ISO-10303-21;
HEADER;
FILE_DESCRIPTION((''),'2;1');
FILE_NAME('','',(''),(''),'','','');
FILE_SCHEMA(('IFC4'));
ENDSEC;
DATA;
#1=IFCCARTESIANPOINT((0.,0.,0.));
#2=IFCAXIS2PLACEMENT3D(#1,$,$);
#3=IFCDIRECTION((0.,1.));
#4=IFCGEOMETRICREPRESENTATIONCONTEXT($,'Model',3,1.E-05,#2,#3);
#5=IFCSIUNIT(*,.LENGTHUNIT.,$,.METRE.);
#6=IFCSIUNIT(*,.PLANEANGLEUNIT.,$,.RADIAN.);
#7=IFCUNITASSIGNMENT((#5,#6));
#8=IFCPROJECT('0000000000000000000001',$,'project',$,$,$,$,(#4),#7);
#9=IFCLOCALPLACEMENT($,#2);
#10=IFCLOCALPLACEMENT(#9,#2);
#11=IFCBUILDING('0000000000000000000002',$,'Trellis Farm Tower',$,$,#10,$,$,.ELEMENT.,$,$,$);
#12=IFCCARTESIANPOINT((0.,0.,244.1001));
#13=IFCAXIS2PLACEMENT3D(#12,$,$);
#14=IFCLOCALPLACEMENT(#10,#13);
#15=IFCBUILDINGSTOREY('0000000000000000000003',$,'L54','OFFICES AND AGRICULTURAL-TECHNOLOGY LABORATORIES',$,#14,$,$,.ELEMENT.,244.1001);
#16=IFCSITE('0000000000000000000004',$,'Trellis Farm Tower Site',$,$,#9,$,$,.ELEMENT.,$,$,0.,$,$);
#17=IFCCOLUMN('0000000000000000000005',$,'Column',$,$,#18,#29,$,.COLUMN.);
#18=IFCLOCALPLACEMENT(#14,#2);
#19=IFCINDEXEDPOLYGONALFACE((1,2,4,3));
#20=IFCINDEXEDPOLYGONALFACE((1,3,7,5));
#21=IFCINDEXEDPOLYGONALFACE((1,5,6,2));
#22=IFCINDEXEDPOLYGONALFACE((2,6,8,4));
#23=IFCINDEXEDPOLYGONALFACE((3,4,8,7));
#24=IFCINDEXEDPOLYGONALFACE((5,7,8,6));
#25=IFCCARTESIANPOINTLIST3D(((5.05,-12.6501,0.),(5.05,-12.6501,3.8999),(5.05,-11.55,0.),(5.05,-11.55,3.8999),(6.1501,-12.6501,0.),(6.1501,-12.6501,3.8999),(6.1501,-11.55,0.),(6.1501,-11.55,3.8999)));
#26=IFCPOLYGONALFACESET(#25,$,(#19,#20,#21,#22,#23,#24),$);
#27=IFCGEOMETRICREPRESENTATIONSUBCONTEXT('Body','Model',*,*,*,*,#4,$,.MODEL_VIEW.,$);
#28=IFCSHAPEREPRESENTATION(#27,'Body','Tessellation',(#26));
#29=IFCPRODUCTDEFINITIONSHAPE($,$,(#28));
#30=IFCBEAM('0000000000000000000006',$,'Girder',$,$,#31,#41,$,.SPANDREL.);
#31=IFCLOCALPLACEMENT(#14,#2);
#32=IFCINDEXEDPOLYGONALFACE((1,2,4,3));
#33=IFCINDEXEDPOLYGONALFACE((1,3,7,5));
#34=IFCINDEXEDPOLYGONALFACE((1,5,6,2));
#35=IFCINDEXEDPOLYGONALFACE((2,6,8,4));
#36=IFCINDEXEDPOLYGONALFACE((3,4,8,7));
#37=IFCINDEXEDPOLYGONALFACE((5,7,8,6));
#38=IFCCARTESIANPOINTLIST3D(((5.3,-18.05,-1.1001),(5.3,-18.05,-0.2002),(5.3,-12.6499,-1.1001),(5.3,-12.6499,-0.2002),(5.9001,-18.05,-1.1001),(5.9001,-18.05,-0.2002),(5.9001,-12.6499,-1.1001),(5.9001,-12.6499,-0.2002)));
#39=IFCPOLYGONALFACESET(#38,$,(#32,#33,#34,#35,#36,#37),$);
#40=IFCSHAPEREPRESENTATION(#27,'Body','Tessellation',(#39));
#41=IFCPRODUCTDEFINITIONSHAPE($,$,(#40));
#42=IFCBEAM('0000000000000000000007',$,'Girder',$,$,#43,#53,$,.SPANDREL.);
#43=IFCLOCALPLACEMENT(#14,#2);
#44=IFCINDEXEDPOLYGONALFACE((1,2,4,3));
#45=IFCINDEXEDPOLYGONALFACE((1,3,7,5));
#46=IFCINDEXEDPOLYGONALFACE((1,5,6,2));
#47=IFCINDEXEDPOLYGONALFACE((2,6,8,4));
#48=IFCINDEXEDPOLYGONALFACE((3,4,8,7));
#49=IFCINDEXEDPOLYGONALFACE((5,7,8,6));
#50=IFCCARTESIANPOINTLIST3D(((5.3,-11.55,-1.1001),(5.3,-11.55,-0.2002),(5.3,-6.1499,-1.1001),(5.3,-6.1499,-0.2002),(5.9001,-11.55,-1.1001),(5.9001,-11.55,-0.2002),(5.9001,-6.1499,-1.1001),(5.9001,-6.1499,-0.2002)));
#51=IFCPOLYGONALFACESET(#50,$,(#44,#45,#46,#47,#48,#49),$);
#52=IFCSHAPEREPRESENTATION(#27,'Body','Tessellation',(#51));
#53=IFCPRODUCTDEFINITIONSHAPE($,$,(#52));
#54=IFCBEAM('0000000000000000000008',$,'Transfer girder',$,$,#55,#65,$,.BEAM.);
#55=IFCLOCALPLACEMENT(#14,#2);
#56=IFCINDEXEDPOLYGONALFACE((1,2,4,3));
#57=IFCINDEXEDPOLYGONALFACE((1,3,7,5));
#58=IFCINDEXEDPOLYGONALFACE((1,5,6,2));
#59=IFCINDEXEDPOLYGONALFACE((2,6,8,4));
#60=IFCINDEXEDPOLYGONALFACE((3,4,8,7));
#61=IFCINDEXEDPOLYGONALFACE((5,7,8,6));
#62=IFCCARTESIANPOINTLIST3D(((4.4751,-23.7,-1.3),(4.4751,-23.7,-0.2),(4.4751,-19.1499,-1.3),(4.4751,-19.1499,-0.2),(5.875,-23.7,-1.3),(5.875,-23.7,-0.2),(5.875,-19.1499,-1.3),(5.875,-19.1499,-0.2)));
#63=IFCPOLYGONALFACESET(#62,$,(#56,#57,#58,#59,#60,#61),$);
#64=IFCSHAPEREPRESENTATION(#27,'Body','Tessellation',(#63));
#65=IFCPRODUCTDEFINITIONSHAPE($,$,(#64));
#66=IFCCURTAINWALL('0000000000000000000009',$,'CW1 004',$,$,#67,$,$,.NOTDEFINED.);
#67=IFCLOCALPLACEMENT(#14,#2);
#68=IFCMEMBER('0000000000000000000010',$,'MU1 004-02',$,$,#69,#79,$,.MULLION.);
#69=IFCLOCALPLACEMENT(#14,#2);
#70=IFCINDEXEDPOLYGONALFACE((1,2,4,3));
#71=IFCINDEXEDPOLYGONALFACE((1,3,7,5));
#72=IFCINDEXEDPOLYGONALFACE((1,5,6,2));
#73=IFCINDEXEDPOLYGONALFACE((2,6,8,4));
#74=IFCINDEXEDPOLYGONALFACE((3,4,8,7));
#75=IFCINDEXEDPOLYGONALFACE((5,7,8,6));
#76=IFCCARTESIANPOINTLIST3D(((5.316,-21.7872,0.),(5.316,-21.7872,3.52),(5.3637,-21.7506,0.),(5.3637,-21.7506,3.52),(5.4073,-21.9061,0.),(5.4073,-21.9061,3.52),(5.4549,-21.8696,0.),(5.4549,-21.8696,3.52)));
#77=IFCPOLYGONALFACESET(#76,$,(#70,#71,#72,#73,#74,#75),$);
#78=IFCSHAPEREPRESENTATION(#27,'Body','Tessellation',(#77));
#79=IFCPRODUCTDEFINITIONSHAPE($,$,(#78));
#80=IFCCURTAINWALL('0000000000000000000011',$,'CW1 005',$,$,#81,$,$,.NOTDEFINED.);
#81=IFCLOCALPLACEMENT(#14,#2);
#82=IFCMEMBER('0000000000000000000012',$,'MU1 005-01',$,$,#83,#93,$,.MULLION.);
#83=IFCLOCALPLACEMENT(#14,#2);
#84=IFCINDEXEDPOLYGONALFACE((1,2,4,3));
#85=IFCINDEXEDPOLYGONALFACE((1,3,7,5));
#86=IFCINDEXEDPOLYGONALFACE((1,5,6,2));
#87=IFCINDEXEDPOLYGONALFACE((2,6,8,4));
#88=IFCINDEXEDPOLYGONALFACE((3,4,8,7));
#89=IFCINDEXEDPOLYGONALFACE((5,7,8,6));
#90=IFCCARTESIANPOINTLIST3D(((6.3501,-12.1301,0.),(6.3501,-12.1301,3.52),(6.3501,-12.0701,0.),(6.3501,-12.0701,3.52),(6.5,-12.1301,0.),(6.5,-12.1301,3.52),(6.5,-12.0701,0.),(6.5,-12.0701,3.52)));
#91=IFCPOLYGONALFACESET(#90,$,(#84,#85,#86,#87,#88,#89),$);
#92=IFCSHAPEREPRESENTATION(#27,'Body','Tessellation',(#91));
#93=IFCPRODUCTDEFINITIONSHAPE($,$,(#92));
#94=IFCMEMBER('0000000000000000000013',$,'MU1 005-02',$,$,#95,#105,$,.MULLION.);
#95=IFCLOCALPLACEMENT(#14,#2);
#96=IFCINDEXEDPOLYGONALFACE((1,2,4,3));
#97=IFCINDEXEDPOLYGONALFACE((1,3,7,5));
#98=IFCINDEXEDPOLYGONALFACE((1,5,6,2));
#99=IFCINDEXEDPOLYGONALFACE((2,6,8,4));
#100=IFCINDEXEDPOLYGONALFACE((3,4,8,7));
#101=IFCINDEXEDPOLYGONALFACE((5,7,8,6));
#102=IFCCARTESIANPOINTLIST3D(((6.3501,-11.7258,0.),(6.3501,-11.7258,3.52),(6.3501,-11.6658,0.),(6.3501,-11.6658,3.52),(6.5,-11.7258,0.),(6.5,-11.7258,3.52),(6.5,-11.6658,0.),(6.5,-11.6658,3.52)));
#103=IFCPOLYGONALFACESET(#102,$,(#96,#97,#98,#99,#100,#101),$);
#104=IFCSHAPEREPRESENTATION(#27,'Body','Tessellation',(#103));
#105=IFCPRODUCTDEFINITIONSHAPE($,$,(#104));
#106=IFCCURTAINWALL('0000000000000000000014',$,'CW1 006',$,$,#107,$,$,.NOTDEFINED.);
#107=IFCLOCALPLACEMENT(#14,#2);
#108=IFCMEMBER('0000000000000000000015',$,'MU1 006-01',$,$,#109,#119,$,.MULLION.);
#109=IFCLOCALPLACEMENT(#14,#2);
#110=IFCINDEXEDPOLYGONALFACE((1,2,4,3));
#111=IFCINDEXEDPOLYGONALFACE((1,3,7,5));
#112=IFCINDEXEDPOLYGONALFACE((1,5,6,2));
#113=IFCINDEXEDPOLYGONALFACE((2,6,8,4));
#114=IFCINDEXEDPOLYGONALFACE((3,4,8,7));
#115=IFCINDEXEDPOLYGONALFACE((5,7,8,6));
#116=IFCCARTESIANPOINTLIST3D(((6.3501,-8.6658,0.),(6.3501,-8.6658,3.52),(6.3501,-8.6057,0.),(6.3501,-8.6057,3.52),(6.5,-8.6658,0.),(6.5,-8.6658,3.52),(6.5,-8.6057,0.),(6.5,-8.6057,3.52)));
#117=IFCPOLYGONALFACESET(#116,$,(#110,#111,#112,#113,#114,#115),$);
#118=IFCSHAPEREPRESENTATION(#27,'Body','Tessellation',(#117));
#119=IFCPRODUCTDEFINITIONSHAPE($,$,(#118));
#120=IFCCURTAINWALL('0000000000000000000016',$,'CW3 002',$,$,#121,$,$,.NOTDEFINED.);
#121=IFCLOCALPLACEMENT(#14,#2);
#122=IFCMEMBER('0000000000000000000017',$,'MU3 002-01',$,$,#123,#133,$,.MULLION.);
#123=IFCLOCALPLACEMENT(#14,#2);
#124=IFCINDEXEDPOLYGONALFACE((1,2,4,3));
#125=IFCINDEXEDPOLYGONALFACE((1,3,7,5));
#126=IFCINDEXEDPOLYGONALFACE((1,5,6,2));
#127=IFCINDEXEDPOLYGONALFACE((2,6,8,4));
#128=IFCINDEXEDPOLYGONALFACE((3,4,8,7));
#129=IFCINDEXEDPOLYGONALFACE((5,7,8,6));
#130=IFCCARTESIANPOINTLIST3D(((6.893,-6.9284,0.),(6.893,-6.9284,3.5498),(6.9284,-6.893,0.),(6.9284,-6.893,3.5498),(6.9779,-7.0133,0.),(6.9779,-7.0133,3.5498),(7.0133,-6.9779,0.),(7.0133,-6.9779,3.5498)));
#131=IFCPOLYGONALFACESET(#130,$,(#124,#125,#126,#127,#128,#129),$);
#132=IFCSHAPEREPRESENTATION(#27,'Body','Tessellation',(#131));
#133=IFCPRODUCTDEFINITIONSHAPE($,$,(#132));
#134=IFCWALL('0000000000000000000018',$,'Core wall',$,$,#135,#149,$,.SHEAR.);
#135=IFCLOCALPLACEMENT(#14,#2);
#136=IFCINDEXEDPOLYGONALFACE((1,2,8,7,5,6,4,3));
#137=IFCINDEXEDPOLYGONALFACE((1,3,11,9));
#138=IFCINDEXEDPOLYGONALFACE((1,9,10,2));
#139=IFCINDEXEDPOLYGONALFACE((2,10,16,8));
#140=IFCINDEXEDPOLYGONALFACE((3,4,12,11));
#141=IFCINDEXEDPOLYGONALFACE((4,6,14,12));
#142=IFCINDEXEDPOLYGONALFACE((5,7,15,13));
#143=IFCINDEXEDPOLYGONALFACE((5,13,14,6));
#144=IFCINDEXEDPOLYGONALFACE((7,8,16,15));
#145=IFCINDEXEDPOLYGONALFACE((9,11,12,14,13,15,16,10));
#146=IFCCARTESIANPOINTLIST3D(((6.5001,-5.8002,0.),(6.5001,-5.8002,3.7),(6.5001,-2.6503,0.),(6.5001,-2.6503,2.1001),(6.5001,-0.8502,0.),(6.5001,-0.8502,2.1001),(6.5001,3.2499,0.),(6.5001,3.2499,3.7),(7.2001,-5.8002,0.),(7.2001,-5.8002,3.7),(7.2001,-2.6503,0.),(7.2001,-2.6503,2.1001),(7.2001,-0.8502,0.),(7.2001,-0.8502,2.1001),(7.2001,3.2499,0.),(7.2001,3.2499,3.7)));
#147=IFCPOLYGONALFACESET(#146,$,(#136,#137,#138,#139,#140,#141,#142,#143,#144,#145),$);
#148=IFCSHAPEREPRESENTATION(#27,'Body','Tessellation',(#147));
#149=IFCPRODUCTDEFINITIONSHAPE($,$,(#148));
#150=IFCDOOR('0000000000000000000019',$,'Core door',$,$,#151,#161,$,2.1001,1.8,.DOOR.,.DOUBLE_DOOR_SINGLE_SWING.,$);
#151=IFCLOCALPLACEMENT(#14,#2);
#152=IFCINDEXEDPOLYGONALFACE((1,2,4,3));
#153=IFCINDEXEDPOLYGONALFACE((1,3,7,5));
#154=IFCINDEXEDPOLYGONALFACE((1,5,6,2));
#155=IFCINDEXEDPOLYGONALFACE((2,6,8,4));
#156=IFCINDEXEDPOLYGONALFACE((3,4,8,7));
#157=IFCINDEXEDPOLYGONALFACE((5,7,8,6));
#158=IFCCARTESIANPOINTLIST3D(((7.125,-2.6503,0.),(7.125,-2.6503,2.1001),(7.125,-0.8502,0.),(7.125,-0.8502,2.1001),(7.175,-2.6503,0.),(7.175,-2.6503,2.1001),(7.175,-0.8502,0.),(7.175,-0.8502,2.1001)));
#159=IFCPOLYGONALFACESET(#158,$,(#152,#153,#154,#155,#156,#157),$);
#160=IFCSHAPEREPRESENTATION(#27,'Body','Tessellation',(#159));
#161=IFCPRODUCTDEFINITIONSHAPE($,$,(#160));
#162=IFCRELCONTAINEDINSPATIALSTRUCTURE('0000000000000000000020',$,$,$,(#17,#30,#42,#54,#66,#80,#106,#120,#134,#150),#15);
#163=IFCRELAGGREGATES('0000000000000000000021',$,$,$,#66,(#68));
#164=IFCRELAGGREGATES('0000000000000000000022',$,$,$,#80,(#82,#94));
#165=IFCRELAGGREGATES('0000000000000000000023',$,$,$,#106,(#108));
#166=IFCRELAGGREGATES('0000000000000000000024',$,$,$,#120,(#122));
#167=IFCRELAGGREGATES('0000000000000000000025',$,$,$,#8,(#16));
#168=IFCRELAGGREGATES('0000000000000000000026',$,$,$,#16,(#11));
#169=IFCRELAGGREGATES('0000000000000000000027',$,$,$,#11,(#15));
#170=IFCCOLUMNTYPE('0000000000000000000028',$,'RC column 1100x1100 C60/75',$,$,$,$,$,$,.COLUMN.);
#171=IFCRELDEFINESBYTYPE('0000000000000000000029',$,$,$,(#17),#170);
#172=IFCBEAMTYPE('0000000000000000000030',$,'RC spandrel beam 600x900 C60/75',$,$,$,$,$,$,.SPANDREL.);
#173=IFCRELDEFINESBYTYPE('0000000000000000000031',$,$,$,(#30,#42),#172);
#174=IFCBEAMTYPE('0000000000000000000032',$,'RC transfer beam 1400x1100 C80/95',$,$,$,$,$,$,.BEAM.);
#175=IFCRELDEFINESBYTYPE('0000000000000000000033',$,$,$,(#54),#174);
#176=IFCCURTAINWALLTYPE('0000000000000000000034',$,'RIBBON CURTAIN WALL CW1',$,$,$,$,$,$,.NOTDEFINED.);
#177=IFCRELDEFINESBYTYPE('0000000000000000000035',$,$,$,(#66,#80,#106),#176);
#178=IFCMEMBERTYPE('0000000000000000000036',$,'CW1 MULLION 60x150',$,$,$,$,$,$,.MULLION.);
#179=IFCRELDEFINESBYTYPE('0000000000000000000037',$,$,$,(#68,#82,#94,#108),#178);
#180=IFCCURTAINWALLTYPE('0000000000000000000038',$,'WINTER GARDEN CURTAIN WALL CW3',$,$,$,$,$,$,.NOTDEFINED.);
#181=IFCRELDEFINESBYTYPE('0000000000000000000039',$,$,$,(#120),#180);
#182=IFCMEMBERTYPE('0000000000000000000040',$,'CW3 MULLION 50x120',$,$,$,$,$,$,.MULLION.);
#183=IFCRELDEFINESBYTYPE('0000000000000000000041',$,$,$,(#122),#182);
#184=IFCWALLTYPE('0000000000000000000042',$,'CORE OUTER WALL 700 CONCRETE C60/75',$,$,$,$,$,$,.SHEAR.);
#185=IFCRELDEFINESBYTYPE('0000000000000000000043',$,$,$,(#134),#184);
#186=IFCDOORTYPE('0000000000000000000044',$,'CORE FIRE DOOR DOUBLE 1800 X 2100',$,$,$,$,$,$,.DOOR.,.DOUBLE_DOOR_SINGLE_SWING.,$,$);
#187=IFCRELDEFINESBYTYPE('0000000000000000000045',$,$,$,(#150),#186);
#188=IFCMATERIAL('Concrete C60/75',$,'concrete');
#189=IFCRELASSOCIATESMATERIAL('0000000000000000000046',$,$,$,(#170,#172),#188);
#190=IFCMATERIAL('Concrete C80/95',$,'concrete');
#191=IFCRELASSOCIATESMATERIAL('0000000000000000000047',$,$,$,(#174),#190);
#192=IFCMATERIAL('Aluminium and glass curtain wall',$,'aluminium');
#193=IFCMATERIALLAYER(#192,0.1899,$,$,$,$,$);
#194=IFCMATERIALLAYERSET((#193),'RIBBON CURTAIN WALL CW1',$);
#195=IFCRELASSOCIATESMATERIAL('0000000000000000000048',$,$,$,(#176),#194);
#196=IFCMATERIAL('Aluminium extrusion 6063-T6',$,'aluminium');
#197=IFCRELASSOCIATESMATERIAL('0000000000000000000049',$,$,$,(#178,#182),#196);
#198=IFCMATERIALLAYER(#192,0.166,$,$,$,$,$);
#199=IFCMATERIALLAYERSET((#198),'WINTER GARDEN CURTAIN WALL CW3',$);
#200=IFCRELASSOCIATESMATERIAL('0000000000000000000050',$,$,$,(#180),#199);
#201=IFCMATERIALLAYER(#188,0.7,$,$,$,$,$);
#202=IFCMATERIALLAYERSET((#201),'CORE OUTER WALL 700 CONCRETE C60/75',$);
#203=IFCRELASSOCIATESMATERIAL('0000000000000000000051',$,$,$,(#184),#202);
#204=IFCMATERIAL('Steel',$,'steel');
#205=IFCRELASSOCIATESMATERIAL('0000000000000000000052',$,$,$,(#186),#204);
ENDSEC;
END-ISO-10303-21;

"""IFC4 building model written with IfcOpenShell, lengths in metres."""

from ifc_helpers import new_model, si_unit, direction, frame, frame_2d, origin, origin_2d, place, context, subcontext, project, spatial, rectangle, extrude, source, transform, mapped, material, layer, layer_set, material_profile, profile_set, type_object, element, fill, aggregate, save


model = new_model("IFC4")

# Units and contexts
model_context = context("Model", 3, precision=1e-05, world=origin(), true_north=direction((0.0, 1.0)))
body_context = subcontext(model_context, "Body", "Model", "MODEL_VIEW")
ifc_project = project(units=[si_unit("LENGTHUNIT", "METRE"), si_unit("PLANEANGLEUNIT", "RADIAN")], contexts=[model_context])

# Site, building, storey
site_placement = place(None, origin())
site = spatial("IfcSite", under=ifc_project, at=site_placement, Name="Trellis Farm Tower Site", CompositionType="ELEMENT", RefElevation=0.0)
building_placement = place(site_placement, origin())
building = spatial("IfcBuilding", under=site, at=building_placement, Name="Trellis Farm Tower", CompositionType="ELEMENT")
storey_placement = place(building_placement, frame((0.0, 0.0, 244.1001)))
storey = spatial("IfcBuildingStorey", under=building, at=storey_placement, Name="L54", Description="OFFICES AND AGRICULTURAL-TECHNOLOGY LABORATORIES", CompositionType="ELEMENT", Elevation=244.1001)

# Column
ifc_material_1 = material(Name="Concrete C60/75", Category="concrete")
ifc_material_profile_1 = material_profile(ifc_material_1, rectangle(XDim=1.1001, YDim=1.1001, at=origin_2d()), Name="RC column 1100x1100 C60/75")
ifc_profile_set_1 = profile_set([ifc_material_profile_1], Name="Concrete C60/75")
column_type = type_object("IfcColumnType", Name="RC column 1100x1100 C60/75", PredefinedType="COLUMN", material=ifc_profile_set_1)
shared_shape_1 = source(origin(), body_context, "Body", "SweptSolid", [
    extrude(rectangle(XDim=1.1001, YDim=1.1001, at=origin_2d()), origin(), (0.0, 0.0, 1.0), 3.8999),
])
column_placement = place(storey_placement, frame((5.6001, -12.1001, 0.0), z_axis=(0.0, 0.0, 1.0), x_axis=(1.0, 0.0, 0.0)))
element("IfcColumn", 1, at=column_placement, inside=storey, type_object=column_type, Name="Column", PredefinedType="COLUMN", context=body_context, shape_type="MappedRepresentation", body=[
    mapped(shared_shape_1, transform((0.0, 0.0, 0.0))),
])

# Beams
ifc_material_profile_2 = material_profile(ifc_material_1, rectangle(XDim=0.6001, YDim=0.8999, at=origin_2d()), Name="RC spandrel beam 600x900 C60/75")
ifc_profile_set_2 = profile_set([ifc_material_profile_2], Name="Concrete C60/75")
beam_type_1 = type_object("IfcBeamType", Name="RC spandrel beam 600x900 C60/75", PredefinedType="SPANDREL", material=ifc_profile_set_2)
shared_shape_2 = source(origin(), body_context, "Body", "SweptSolid", [
    extrude(rectangle(XDim=0.6001, YDim=0.8999, at=origin_2d()), origin(), (0.0, 0.0, 1.0), 5.4001),
])
for number, where, z_axis, x_axis, name in (
    (2, (5.6001, -18.05, -0.6501), (0.0, 1.0, 0.0), (-1.0, 0.0, 0.0), "Girder"),
    (3, (5.6001, -11.55, -0.6501), (0.0, 1.0, 0.0), (-1.0, 0.0, 0.0), "Girder"),
):
    element("IfcBeam", number, at=place(storey_placement, frame(where, z_axis=z_axis, x_axis=x_axis)), inside=storey, type_object=beam_type_1, Name=name, PredefinedType="SPANDREL", context=body_context, shape_type="MappedRepresentation", body=[
        mapped(shared_shape_2, transform((0.0, 0.0, 0.0))),
    ])
ifc_material_2 = material(Name="Concrete C80/95", Category="concrete")
ifc_material_profile_3 = material_profile(ifc_material_2, rectangle(XDim=1.3999, YDim=1.1001, at=origin_2d()), Name="RC transfer beam 1400x1100 C80/95")
ifc_profile_set_3 = profile_set([ifc_material_profile_3], Name="Concrete C80/95")
beam_type_2 = type_object("IfcBeamType", Name="RC transfer beam 1400x1100 C80/95", PredefinedType="BEAM", material=ifc_profile_set_3)
shared_shape_3 = source(origin(), body_context, "Body", "SweptSolid", [
    extrude(rectangle(XDim=1.3999, YDim=1.1001, at=origin_2d()), origin(), (0.0, 0.0, 1.0), 4.55),
])
beam_placement = place(storey_placement, frame((5.175, -23.7, -0.75), z_axis=(0.0, 1.0, 0.0), x_axis=(-1.0, 0.0, 0.0)))
element("IfcBeam", 4, at=beam_placement, inside=storey, type_object=beam_type_2, Name="Transfer girder", PredefinedType="BEAM", context=body_context, shape_type="MappedRepresentation", body=[
    mapped(shared_shape_3, transform((0.0, 0.0, 0.0))),
])

# Curtain wall, member
ifc_material_3 = material(Name="Aluminium and glass curtain wall", Category="aluminium")
ifc_layer_1 = layer(ifc_material_3, 0.1899)
ifc_layer_set_1 = layer_set([ifc_layer_1], Name="RIBBON CURTAIN WALL CW1")
curtain_wall_type_1 = type_object("IfcCurtainWallType", Name="RIBBON CURTAIN WALL CW1", PredefinedType="NOTDEFINED", material=ifc_layer_set_1)
placement = place(storey_placement, origin())
curtain_wall_1 = element("IfcCurtainWall", 5, at=placement, inside=storey, type_object=curtain_wall_type_1, Name="CW1 004", PredefinedType="NOTDEFINED")
ifc_material_4 = material(Name="Aluminium extrusion 6063-T6", Category="aluminium")
ifc_material_profile_4 = material_profile(ifc_material_4, rectangle(XDim=0.0601, YDim=0.1499, at=origin_2d()), Name="MULLION 60x150")
ifc_profile_set_4 = profile_set([ifc_material_profile_4], Name="Aluminium extrusion 6063-T6")
member_type_1 = type_object("IfcMemberType", Name="CW1 MULLION 60x150", PredefinedType="MULLION", material=ifc_profile_set_4)
shared_shape_4 = source(origin(), body_context, "Body", "SweptSolid", [
    extrude(rectangle(XDim=0.0601, YDim=0.1499, at=origin_2d()), origin(), (0.0, 0.0, 1.0), 3.52),
])
member_1_placement = place(storey_placement, frame((5.3855, -21.8284, 0.0), z_axis=(0.0, 0.0, 1.0), x_axis=(0.793353, 0.608761, 0.0)))
member_1 = element("IfcMember", 6, at=member_1_placement, type_object=member_type_1, Name="MU1 004-02", PredefinedType="MULLION", context=body_context, shape_type="MappedRepresentation", body=[
    mapped(shared_shape_4, transform((0.0, 0.0, 0.0))),
])
aggregate(curtain_wall_1, [member_1])

# Curtain wall, members
curtain_wall_2 = element("IfcCurtainWall", 7, at=placement, inside=storey, type_object=curtain_wall_type_1, Name="CW1 005", PredefinedType="NOTDEFINED")
member_2_placement = place(storey_placement, frame((6.425, -12.1001, 0.0), z_axis=(0.0, 0.0, 1.0), x_axis=(0.0, 1.0, 0.0)))
member_2 = element("IfcMember", 8, at=member_2_placement, type_object=member_type_1, Name="MU1 005-01", PredefinedType="MULLION", context=body_context, shape_type="MappedRepresentation", body=[
    mapped(shared_shape_4, transform((0.0, 0.0, 0.0))),
])
member_3_placement = place(storey_placement, frame((6.425, -11.6958, 0.0), z_axis=(0.0, 0.0, 1.0), x_axis=(0.0, 1.0, 0.0)))
member_3 = element("IfcMember", 9, at=member_3_placement, type_object=member_type_1, Name="MU1 005-02", PredefinedType="MULLION", context=body_context, shape_type="MappedRepresentation", body=[
    mapped(shared_shape_4, transform((0.0, 0.0, 0.0))),
])
aggregate(curtain_wall_2, [member_2, member_3])

# Curtain walls, members
curtain_wall_3 = element("IfcCurtainWall", 10, at=placement, inside=storey, type_object=curtain_wall_type_1, Name="CW1 006", PredefinedType="NOTDEFINED")
member_4_placement = place(storey_placement, frame((6.425, -8.6357, 0.0), z_axis=(0.0, 0.0, 1.0), x_axis=(0.0, 1.0, 0.0)))
member_4 = element("IfcMember", 11, at=member_4_placement, type_object=member_type_1, Name="MU1 006-01", PredefinedType="MULLION", context=body_context, shape_type="MappedRepresentation", body=[
    mapped(shared_shape_4, transform((0.0, 0.0, 0.0))),
])
aggregate(curtain_wall_3, [member_4])
ifc_layer_2 = layer(ifc_material_3, 0.166)
ifc_layer_set_2 = layer_set([ifc_layer_2], Name="WINTER GARDEN CURTAIN WALL CW3")
curtain_wall_type_2 = type_object("IfcCurtainWallType", Name="WINTER GARDEN CURTAIN WALL CW3", PredefinedType="NOTDEFINED", material=ifc_layer_set_2)
curtain_wall_4 = element("IfcCurtainWall", 12, at=placement, inside=storey, type_object=curtain_wall_type_2, Name="CW3 002", PredefinedType="NOTDEFINED")
ifc_material_profile_5 = material_profile(ifc_material_4, rectangle(XDim=0.05, YDim=0.1201, at=origin_2d()), Name="MULLION 50x120")
ifc_profile_set_5 = profile_set([ifc_material_profile_5], Name="Aluminium extrusion 6063-T6")
member_type_2 = type_object("IfcMemberType", Name="CW3 MULLION 50x120", PredefinedType="MULLION", material=ifc_profile_set_5)
shared_shape_5 = source(origin(), body_context, "Body", "SweptSolid", [
    extrude(rectangle(XDim=0.05, YDim=0.1201, at=origin_2d()), origin(), (0.0, 0.0, 1.0), 3.5498),
])
member_5_placement = place(storey_placement, frame((6.9531, -6.9531, 0.0), z_axis=(0.0, 0.0, 1.0), x_axis=(0.707107, 0.707107, 0.0)))
member_5 = element("IfcMember", 13, at=member_5_placement, type_object=member_type_2, Name="MU3 002-01", PredefinedType="MULLION", context=body_context, shape_type="MappedRepresentation", body=[
    mapped(shared_shape_5, transform((0.0, 0.0, 0.0))),
])
aggregate(curtain_wall_4, [member_5])

# Wall, opening, door
ifc_layer_3 = layer(ifc_material_1, 0.7)
ifc_layer_set_3 = layer_set([ifc_layer_3], Name="CORE OUTER WALL 700 CONCRETE C60/75")
wall_type_1 = type_object("IfcWallType", Name="CORE OUTER WALL 700 CONCRETE C60/75", PredefinedType="SHEAR", material=ifc_layer_set_3)
shared_shape_6 = source(origin(), body_context, "Body", "SweptSolid", [
    extrude(rectangle(XDim=9.05, YDim=0.7, at=frame_2d((4.5249, 0.0))), origin(), (0.0, 0.0, 1.0), 3.7),
])
wall_1_placement = place(storey_placement, frame((6.8501, -5.8, 0.0), z_axis=(0.0, 0.0, 1.0), x_axis=(0.0, 1.0, 0.0)))
wall_1 = element("IfcWall", 14, at=wall_1_placement, inside=storey, type_object=wall_type_1, Name="Core wall", PredefinedType="SHEAR", context=body_context, shape_type="MappedRepresentation", body=[
    mapped(shared_shape_6, transform((0.0, 0.0, 0.0))),
])
shared_shape_7 = source(origin(), body_context, "Body", "SweptSolid", [
    extrude(rectangle(XDim=1.8, YDim=2.1001, at=frame_2d((0.8999, 1.05))), frame((0.0, 0.3601, 0.0), z_axis=(0.0, -1.0, 0.0), x_axis=(1.0, 0.0, 0.0)), (0.0, 0.0, 1.0), 0.7202),
])
opening_1_placement = place(wall_1_placement, frame((3.1499, 0.0, 0.0)))
opening_1 = element("IfcOpeningElement", 15, at=opening_1_placement, cuts=wall_1, PredefinedType="OPENING", context=body_context, shape_type="MappedRepresentation", body=[
    mapped(shared_shape_7, transform((0.0, 0.0, 0.0))),
])
ifc_material_5 = material(Name="Steel", Category="steel")
door_type_1 = type_object("IfcDoorType", Name="CORE FIRE DOOR DOUBLE 1800 X 2100", OperationType="DOUBLE_DOOR_SINGLE_SWING", PredefinedType="DOOR", material=ifc_material_5)
shared_shape_8 = source(origin(), body_context, "Body", "SweptSolid", [
    extrude(rectangle(XDim=1.8, YDim=2.1001, at=frame_2d((0.8999, 1.05))), frame((0.0, -0.2749, 0.0), z_axis=(0.0, -1.0, 0.0), x_axis=(1.0, 0.0, 0.0)), (0.0, 0.0, 1.0), 0.05),
])
door_1_placement = place(opening_1_placement, origin())
door_1 = element("IfcDoor", 16, at=door_1_placement, inside=storey, type_object=door_type_1, Name="Core door", OperationType="DOUBLE_DOOR_SINGLE_SWING", OverallHeight=2.1001, OverallWidth=1.8, PredefinedType="DOOR", context=body_context, shape_type="MappedRepresentation", body=[
    mapped(shared_shape_8, transform((0.0, 0.0, 0.0))),
])
fill(opening_1, door_1)

save(model, "model.ifc")
